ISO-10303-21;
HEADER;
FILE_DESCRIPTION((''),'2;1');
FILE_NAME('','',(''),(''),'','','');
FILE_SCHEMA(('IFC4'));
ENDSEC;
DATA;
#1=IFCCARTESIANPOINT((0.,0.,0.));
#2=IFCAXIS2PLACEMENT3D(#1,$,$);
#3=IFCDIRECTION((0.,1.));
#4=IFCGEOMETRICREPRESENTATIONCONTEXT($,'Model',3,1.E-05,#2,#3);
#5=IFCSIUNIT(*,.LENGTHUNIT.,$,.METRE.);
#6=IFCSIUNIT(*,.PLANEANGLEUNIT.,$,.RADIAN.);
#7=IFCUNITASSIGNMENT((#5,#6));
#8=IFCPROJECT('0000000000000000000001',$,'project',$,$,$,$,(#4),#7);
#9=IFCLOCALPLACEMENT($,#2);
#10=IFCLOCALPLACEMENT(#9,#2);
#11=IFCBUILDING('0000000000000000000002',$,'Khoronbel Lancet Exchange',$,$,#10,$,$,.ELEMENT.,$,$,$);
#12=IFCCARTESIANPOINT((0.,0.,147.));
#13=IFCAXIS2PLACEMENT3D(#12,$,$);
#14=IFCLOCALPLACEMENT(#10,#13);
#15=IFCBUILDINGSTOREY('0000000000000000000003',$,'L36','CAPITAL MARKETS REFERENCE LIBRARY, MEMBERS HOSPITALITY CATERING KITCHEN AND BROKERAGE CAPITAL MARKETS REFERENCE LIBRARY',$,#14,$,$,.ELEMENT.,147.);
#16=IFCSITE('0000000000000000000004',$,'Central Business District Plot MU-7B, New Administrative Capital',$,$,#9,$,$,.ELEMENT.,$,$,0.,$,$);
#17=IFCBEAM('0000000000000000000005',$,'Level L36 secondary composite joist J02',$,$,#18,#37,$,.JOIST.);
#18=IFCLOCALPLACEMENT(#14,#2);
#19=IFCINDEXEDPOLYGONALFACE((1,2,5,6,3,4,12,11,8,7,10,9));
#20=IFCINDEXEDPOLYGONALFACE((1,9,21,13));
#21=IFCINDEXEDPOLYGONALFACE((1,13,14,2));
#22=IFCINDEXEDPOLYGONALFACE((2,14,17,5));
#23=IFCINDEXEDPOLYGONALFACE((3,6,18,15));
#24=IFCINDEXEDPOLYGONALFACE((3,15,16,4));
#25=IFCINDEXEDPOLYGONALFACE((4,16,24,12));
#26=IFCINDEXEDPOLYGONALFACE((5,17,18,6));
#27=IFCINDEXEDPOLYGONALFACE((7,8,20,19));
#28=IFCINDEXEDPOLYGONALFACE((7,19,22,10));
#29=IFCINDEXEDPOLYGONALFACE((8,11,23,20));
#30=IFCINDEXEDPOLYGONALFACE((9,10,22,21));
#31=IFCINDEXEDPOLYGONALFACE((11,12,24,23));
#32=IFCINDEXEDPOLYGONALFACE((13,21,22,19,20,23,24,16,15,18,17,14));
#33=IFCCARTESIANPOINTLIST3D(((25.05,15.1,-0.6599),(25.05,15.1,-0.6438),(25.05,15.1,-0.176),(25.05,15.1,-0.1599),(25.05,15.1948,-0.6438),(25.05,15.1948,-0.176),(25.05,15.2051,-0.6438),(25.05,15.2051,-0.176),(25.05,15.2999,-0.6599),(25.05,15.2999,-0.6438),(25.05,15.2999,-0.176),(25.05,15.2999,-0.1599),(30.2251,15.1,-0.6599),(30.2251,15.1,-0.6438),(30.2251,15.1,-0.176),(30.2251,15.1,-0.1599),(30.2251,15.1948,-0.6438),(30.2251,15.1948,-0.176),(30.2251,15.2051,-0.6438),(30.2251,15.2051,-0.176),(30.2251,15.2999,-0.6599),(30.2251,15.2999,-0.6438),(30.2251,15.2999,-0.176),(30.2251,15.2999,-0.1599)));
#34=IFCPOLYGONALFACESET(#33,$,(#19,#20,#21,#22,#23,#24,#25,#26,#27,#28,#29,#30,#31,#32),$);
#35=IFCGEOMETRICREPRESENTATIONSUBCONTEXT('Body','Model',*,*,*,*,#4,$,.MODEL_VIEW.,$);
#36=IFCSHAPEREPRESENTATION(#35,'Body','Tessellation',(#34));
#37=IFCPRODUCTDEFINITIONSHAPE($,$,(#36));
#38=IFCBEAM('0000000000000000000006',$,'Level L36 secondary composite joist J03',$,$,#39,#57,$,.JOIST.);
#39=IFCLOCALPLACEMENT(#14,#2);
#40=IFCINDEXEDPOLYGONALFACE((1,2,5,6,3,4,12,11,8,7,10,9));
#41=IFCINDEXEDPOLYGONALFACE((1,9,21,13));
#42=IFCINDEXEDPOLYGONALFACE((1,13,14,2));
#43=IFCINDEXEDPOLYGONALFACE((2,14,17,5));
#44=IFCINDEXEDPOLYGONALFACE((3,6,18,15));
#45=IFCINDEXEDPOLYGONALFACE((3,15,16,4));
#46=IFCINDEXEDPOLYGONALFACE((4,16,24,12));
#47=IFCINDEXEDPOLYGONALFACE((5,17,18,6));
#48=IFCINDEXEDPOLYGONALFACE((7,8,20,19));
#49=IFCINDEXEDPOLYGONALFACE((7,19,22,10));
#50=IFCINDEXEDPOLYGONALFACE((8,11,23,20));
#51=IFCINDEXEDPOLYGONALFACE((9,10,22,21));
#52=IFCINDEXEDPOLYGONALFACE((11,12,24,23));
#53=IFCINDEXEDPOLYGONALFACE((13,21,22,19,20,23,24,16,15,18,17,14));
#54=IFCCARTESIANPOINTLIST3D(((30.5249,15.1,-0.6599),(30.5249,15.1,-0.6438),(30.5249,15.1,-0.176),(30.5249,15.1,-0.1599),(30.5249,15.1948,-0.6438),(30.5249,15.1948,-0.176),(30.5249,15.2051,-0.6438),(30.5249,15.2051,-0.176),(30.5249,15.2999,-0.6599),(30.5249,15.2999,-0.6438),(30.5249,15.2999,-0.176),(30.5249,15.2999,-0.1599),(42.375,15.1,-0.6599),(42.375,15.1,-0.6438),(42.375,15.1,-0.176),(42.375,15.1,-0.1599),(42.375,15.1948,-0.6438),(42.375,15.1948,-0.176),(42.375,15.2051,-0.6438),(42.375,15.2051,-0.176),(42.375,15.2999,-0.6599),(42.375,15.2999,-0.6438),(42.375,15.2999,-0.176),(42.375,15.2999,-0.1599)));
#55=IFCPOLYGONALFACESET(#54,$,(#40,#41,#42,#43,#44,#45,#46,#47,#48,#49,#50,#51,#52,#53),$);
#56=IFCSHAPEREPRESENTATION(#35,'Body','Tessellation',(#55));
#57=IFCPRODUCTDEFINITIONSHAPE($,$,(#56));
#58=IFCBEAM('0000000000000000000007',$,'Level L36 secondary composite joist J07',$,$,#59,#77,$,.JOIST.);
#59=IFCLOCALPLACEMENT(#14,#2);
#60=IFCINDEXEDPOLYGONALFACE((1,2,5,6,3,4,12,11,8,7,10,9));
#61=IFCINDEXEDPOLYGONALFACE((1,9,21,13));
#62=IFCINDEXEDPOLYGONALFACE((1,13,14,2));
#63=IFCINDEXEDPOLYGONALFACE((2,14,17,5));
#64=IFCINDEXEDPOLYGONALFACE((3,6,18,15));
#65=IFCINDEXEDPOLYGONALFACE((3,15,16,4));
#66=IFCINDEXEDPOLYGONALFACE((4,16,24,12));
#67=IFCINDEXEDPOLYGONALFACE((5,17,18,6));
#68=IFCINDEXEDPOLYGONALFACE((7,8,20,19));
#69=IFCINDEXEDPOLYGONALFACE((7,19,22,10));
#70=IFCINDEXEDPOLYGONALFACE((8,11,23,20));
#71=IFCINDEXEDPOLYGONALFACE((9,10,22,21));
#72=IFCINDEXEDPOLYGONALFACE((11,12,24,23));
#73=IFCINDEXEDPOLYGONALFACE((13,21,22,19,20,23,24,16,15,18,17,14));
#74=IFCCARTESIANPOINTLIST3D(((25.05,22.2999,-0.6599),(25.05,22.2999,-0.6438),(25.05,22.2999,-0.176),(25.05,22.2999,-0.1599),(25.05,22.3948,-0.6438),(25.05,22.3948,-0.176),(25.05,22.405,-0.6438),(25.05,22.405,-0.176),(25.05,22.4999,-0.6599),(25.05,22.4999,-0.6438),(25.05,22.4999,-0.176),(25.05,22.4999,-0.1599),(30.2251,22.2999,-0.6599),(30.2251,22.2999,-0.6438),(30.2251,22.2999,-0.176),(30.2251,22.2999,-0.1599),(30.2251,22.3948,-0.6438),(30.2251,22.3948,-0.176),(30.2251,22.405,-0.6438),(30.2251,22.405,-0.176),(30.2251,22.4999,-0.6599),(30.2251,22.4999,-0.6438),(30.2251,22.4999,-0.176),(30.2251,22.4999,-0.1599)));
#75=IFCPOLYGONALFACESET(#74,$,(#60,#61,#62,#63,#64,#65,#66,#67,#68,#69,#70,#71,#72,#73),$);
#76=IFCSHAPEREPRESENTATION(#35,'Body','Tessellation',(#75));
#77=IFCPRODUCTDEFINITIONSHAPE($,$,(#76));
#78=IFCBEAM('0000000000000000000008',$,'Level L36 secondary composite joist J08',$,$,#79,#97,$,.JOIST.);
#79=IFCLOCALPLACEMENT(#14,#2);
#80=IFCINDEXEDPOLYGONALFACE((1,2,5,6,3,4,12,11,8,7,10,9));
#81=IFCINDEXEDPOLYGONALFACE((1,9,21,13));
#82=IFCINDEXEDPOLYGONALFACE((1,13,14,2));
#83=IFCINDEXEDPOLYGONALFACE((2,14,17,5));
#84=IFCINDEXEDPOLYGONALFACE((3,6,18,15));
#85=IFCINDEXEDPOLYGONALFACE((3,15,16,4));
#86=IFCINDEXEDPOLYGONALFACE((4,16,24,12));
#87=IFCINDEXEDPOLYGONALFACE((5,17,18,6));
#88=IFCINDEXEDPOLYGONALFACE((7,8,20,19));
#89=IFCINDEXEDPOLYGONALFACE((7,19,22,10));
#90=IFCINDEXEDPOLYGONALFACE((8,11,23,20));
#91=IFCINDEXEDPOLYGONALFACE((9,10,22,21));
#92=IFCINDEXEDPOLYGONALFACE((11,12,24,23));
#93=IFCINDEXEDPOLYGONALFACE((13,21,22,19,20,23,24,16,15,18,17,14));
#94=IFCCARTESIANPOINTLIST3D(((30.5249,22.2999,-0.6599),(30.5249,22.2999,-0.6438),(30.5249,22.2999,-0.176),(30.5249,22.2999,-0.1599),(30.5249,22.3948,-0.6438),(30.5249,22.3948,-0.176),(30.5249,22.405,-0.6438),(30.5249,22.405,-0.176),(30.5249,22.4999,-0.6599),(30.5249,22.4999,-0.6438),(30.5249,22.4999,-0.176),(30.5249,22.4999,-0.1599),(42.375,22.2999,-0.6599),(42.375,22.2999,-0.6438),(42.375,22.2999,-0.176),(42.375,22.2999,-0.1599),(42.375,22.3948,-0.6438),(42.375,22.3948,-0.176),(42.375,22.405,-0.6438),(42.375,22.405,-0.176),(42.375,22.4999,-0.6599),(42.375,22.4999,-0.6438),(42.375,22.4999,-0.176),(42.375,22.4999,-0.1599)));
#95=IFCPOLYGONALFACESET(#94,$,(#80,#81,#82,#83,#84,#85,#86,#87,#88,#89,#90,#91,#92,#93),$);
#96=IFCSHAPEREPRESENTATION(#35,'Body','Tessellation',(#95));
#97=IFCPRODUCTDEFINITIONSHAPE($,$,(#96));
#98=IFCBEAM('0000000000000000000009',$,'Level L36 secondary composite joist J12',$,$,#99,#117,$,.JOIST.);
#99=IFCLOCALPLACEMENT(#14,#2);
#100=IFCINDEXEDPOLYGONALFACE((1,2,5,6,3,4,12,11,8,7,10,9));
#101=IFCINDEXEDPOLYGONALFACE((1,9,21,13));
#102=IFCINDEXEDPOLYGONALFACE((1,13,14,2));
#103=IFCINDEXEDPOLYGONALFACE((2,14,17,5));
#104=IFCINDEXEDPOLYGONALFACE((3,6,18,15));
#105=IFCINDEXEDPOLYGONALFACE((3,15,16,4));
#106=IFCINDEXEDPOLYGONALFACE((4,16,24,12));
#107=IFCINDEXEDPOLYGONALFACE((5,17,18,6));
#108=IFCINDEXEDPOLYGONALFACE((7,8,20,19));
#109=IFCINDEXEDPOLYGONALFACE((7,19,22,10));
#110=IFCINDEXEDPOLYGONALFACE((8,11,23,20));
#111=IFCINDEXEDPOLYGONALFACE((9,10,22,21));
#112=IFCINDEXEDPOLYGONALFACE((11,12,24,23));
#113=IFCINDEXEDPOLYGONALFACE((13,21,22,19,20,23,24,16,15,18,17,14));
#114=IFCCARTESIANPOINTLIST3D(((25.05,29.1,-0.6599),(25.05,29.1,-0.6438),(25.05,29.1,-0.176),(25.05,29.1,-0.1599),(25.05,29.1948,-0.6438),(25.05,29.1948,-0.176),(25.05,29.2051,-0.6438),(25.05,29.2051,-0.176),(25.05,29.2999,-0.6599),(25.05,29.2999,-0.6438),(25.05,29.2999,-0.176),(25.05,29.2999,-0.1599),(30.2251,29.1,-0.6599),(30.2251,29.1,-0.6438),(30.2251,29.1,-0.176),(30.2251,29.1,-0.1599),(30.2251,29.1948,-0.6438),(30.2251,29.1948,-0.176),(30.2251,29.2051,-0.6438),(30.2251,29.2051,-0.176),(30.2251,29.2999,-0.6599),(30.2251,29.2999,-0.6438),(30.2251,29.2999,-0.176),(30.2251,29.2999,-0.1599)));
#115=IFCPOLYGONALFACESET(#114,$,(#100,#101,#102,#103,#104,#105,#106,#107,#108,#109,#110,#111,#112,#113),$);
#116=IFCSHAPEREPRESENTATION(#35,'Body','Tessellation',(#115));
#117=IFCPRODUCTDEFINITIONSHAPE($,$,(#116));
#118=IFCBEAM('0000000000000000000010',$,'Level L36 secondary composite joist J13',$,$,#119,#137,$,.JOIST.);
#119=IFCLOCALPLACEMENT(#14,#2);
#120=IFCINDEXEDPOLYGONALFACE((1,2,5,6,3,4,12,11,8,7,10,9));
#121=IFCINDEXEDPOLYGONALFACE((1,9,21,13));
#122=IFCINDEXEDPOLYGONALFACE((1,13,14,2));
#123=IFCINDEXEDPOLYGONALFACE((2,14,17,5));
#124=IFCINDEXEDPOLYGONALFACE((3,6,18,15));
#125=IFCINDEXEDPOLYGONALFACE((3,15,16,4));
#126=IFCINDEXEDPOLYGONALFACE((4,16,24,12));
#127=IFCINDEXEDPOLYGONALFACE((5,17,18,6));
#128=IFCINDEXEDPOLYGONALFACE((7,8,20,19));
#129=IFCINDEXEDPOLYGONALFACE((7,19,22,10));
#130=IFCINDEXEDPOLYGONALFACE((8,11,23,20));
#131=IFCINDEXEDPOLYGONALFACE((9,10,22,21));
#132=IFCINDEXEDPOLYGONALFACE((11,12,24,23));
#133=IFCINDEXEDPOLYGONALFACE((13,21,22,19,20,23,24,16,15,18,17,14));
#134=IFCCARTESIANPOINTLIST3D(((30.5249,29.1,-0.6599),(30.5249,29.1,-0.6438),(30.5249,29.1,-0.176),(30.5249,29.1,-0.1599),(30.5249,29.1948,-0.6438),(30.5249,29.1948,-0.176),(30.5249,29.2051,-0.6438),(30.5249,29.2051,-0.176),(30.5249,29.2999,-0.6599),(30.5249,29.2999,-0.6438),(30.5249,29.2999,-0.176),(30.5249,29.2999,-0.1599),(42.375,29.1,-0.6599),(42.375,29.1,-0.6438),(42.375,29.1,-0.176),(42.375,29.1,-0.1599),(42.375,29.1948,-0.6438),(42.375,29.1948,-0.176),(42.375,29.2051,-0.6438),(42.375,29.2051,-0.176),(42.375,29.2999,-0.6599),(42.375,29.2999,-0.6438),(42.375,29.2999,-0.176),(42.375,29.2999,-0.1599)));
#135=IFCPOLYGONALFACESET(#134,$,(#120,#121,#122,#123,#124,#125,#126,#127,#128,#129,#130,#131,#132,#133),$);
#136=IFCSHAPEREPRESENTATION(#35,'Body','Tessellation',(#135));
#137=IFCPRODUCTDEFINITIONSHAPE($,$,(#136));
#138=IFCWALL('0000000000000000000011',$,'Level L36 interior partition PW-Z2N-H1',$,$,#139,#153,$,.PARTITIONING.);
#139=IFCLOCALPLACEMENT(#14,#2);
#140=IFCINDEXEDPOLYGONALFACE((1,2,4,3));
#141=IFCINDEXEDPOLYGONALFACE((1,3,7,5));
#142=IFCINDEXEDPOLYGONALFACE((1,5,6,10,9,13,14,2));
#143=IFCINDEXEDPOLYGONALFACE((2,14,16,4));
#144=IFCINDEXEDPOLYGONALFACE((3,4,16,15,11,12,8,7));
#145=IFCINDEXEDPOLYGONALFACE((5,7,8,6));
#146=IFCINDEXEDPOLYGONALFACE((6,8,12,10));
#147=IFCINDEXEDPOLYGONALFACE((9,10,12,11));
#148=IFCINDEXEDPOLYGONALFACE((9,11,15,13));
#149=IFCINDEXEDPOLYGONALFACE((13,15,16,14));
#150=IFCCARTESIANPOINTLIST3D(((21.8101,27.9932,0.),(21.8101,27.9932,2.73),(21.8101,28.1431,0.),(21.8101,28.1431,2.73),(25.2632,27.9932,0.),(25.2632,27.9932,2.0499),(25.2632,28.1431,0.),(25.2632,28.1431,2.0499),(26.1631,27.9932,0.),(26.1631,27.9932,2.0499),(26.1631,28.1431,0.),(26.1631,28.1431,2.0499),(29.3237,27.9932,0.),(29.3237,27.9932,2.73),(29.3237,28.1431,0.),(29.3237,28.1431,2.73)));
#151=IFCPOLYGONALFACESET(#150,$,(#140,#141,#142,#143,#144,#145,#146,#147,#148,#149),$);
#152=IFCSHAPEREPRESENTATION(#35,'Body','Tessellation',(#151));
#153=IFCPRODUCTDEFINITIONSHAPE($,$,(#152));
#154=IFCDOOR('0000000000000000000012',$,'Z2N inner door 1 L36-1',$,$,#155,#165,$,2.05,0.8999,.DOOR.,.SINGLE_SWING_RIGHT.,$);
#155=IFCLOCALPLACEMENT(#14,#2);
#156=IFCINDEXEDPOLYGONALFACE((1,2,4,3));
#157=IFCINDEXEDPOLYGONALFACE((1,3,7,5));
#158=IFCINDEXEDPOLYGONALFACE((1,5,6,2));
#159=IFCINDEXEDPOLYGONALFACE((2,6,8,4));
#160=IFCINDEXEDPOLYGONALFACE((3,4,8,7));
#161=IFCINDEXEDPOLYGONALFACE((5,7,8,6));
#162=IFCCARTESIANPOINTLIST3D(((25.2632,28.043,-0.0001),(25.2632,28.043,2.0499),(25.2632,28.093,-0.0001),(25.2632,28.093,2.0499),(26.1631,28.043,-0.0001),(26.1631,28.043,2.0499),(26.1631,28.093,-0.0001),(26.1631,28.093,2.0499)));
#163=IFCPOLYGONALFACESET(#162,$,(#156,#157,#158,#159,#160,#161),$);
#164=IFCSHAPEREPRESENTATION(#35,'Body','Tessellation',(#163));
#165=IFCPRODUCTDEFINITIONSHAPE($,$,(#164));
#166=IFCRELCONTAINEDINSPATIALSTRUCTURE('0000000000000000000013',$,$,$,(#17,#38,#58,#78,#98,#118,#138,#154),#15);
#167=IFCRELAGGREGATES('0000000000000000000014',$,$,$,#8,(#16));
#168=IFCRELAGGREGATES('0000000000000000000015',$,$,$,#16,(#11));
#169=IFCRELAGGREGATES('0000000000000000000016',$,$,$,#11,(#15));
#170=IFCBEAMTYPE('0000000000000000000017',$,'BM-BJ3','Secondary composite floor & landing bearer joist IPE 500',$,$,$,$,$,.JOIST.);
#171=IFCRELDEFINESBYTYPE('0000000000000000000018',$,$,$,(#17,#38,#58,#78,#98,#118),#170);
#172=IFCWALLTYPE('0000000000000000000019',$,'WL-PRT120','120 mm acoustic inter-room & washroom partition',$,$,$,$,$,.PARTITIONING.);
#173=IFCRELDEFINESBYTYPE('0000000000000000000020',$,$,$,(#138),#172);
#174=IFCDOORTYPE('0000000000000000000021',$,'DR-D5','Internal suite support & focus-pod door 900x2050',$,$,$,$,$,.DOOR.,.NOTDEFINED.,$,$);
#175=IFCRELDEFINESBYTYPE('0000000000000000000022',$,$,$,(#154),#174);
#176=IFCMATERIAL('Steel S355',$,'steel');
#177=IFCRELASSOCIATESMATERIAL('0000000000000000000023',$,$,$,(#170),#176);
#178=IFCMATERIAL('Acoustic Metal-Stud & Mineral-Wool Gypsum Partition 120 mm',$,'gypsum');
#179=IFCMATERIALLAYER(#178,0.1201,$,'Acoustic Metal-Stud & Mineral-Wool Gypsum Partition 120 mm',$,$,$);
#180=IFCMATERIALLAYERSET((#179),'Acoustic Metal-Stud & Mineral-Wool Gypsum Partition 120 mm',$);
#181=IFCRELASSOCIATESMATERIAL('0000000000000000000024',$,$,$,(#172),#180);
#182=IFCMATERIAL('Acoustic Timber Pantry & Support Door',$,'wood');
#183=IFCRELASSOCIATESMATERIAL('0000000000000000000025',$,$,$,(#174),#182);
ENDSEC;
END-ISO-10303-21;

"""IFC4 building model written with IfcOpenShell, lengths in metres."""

from ifc_helpers import new_model, si_unit, direction, frame, frame_2d, origin, origin_2d, place, context, subcontext, project, spatial, rectangle, i_section, extrude, material, layer, layer_set, material_profile, profile_set, type_object, element, fill, save


model = new_model("IFC4")

# Units and contexts
model_context = context("Model", 3, precision=1e-05, world=origin(), true_north=direction((0.0, 1.0)))
body_context = subcontext(model_context, "Body", "Model", "MODEL_VIEW")
ifc_project = project(units=[si_unit("LENGTHUNIT", "METRE"), si_unit("PLANEANGLEUNIT", "RADIAN")], contexts=[model_context])

# Site, building, storey
site_placement = place(None, origin())
site = spatial("IfcSite", under=ifc_project, at=site_placement, Name="Central Business District Plot MU-7B, New Administrative Capital", CompositionType="ELEMENT", RefElevation=0.0)
building_placement = place(site_placement, origin())
building = spatial("IfcBuilding", under=site, at=building_placement, Name="Khoronbel Lancet Exchange", CompositionType="ELEMENT")
storey_placement = place(building_placement, frame((0.0, 0.0, 147.0)))
storey = spatial("IfcBuildingStorey", under=building, at=storey_placement, Name="L36", Description="CAPITAL MARKETS REFERENCE LIBRARY, MEMBERS HOSPITALITY CATERING KITCHEN AND BROKERAGE CAPITAL MARKETS REFERENCE LIBRARY", CompositionType="ELEMENT", Elevation=147.0)

# Beams
ifc_material_1 = material(Name="Steel S355", Category="steel")
ifc_material_profile = material_profile(ifc_material_1, i_section(OverallWidth=0.2, OverallDepth=0.5, WebThickness=0.0103, FlangeThickness=0.0161, at=origin_2d()), Name="IPE 500")
ifc_profile_set = profile_set([ifc_material_profile], Name="Steel S355")
beam_type = type_object("IfcBeamType", Name="BM-BJ3", Description="Secondary composite floor & landing bearer joist IPE 500", PredefinedType="JOIST", material=ifc_profile_set)
beam_1_placement = place(storey_placement, frame((25.05, 15.2, -0.4099), z_axis=(1.0, 0.0, 0.0), x_axis=(0.0, 1.0, 0.0)))
element("IfcBeam", 1, at=beam_1_placement, inside=storey, type_object=beam_type, Name="Level L36 secondary composite joist J02", PredefinedType="JOIST", context=body_context, shape_type="SweptSolid", body=[
    extrude(i_section(OverallWidth=0.2, OverallDepth=0.5, WebThickness=0.0103, FlangeThickness=0.0161, at=origin_2d()), origin(), (0.0, 0.0, 1.0), 5.175),
])
beam_2_placement = place(storey_placement, frame((30.5249, 15.2, -0.4099), z_axis=(1.0, 0.0, 0.0), x_axis=(0.0, 1.0, 0.0)))
element("IfcBeam", 2, at=beam_2_placement, inside=storey, type_object=beam_type, Name="Level L36 secondary composite joist J03", PredefinedType="JOIST", context=body_context, shape_type="SweptSolid", body=[
    extrude(i_section(OverallWidth=0.2, OverallDepth=0.5, WebThickness=0.0103, FlangeThickness=0.0161, at=origin_2d()), origin(), (0.0, 0.0, 1.0), 11.8501),
])
beam_3_placement = place(storey_placement, frame((25.05, 22.3999, -0.4099), z_axis=(1.0, 0.0, 0.0), x_axis=(0.0, 1.0, 0.0)))
element("IfcBeam", 3, at=beam_3_placement, inside=storey, type_object=beam_type, Name="Level L36 secondary composite joist J07", PredefinedType="JOIST", context=body_context, shape_type="SweptSolid", body=[
    extrude(i_section(OverallWidth=0.2, OverallDepth=0.5, WebThickness=0.0103, FlangeThickness=0.0161, at=origin_2d()), origin(), (0.0, 0.0, 1.0), 5.175),
])
beam_4_placement = place(storey_placement, frame((30.5249, 22.3999, -0.4099), z_axis=(1.0, 0.0, 0.0), x_axis=(0.0, 1.0, 0.0)))
element("IfcBeam", 4, at=beam_4_placement, inside=storey, type_object=beam_type, Name="Level L36 secondary composite joist J08", PredefinedType="JOIST", context=body_context, shape_type="SweptSolid", body=[
    extrude(i_section(OverallWidth=0.2, OverallDepth=0.5, WebThickness=0.0103, FlangeThickness=0.0161, at=origin_2d()), origin(), (0.0, 0.0, 1.0), 11.8501),
])
beam_5_placement = place(storey_placement, frame((25.05, 29.2, -0.4099), z_axis=(1.0, 0.0, 0.0), x_axis=(0.0, 1.0, 0.0)))
element("IfcBeam", 5, at=beam_5_placement, inside=storey, type_object=beam_type, Name="Level L36 secondary composite joist J12", PredefinedType="JOIST", context=body_context, shape_type="SweptSolid", body=[
    extrude(i_section(OverallWidth=0.2, OverallDepth=0.5, WebThickness=0.0103, FlangeThickness=0.0161, at=origin_2d()), origin(), (0.0, 0.0, 1.0), 5.175),
])
beam_6_placement = place(storey_placement, frame((30.5249, 29.2, -0.4099), z_axis=(1.0, 0.0, 0.0), x_axis=(0.0, 1.0, 0.0)))
element("IfcBeam", 6, at=beam_6_placement, inside=storey, type_object=beam_type, Name="Level L36 secondary composite joist J13", PredefinedType="JOIST", context=body_context, shape_type="SweptSolid", body=[
    extrude(i_section(OverallWidth=0.2, OverallDepth=0.5, WebThickness=0.0103, FlangeThickness=0.0161, at=origin_2d()), origin(), (0.0, 0.0, 1.0), 11.8501),
])

# Wall, opening, door
ifc_material_2 = material(Name="Acoustic Metal-Stud & Mineral-Wool Gypsum Partition 120 mm", Category="gypsum")
ifc_layer_1 = layer(ifc_material_2, 0.1201, Name="Acoustic Metal-Stud & Mineral-Wool Gypsum Partition 120 mm")
ifc_layer_set_1 = layer_set([ifc_layer_1], Name="Acoustic Metal-Stud & Mineral-Wool Gypsum Partition 120 mm")
wall_type_1 = type_object("IfcWallType", Name="WL-PRT120", Description="120 mm acoustic inter-room & washroom partition", PredefinedType="PARTITIONING", material=ifc_layer_set_1)
wall_1_placement = place(storey_placement, frame((21.8101, 28.0681, 0.0), z_axis=(0.0, 0.0, 1.0), x_axis=(1.0, 0.0, 0.0)))
wall_1 = element("IfcWall", 7, at=wall_1_placement, inside=storey, type_object=wall_type_1, Name="Level L36 interior partition PW-Z2N-H1", PredefinedType="PARTITIONING", context=body_context, shape_type="SweptSolid", body=[
    extrude(rectangle(XDim=7.5137, YDim=0.1499, at=frame_2d((3.7568, 0.0))), origin(), (0.0, 0.0, 1.0), 2.73),
])
opening_1_placement = place(wall_1_placement, frame((3.4531, 0.0, 0.0)))
opening_1 = element("IfcOpeningElement", 8, at=opening_1_placement, cuts=wall_1, PredefinedType="OPENING", context=body_context, shape_type="SweptSolid", body=[
    extrude(rectangle(XDim=0.8999, YDim=2.05, at=frame_2d((0.45, 1.0249))), frame((0.0, 0.085, 0.0), z_axis=(0.0, -1.0, 0.0), x_axis=(1.0, 0.0, 0.0)), (0.0, 0.0, 1.0), 0.1699),
])
ifc_material_3 = material(Name="Acoustic Timber Pantry & Support Door", Category="wood")
door_type_1 = type_object("IfcDoorType", Name="DR-D5", Description="Internal suite support & focus-pod door 900x2050", OperationType="NOTDEFINED", PredefinedType="DOOR", material=ifc_material_3)
door_1_placement = place(opening_1_placement, origin())
door_1 = element("IfcDoor", 9, at=door_1_placement, inside=storey, type_object=door_type_1, Name="Z2N inner door 1 L36-1", OperationType="SINGLE_SWING_RIGHT", OverallHeight=2.05, OverallWidth=0.8999, PredefinedType="DOOR", context=body_context, shape_type="SweptSolid", body=[
    extrude(rectangle(XDim=0.8999, YDim=2.05, at=frame_2d((0.45, 1.0249))), frame((0.0, 0.0249, 0.0), z_axis=(0.0, -1.0, 0.0), x_axis=(1.0, 0.0, 0.0)), (0.0, 0.0, 1.0), 0.05),
])
fill(opening_1, door_1)

save(model, "model.ifc")
